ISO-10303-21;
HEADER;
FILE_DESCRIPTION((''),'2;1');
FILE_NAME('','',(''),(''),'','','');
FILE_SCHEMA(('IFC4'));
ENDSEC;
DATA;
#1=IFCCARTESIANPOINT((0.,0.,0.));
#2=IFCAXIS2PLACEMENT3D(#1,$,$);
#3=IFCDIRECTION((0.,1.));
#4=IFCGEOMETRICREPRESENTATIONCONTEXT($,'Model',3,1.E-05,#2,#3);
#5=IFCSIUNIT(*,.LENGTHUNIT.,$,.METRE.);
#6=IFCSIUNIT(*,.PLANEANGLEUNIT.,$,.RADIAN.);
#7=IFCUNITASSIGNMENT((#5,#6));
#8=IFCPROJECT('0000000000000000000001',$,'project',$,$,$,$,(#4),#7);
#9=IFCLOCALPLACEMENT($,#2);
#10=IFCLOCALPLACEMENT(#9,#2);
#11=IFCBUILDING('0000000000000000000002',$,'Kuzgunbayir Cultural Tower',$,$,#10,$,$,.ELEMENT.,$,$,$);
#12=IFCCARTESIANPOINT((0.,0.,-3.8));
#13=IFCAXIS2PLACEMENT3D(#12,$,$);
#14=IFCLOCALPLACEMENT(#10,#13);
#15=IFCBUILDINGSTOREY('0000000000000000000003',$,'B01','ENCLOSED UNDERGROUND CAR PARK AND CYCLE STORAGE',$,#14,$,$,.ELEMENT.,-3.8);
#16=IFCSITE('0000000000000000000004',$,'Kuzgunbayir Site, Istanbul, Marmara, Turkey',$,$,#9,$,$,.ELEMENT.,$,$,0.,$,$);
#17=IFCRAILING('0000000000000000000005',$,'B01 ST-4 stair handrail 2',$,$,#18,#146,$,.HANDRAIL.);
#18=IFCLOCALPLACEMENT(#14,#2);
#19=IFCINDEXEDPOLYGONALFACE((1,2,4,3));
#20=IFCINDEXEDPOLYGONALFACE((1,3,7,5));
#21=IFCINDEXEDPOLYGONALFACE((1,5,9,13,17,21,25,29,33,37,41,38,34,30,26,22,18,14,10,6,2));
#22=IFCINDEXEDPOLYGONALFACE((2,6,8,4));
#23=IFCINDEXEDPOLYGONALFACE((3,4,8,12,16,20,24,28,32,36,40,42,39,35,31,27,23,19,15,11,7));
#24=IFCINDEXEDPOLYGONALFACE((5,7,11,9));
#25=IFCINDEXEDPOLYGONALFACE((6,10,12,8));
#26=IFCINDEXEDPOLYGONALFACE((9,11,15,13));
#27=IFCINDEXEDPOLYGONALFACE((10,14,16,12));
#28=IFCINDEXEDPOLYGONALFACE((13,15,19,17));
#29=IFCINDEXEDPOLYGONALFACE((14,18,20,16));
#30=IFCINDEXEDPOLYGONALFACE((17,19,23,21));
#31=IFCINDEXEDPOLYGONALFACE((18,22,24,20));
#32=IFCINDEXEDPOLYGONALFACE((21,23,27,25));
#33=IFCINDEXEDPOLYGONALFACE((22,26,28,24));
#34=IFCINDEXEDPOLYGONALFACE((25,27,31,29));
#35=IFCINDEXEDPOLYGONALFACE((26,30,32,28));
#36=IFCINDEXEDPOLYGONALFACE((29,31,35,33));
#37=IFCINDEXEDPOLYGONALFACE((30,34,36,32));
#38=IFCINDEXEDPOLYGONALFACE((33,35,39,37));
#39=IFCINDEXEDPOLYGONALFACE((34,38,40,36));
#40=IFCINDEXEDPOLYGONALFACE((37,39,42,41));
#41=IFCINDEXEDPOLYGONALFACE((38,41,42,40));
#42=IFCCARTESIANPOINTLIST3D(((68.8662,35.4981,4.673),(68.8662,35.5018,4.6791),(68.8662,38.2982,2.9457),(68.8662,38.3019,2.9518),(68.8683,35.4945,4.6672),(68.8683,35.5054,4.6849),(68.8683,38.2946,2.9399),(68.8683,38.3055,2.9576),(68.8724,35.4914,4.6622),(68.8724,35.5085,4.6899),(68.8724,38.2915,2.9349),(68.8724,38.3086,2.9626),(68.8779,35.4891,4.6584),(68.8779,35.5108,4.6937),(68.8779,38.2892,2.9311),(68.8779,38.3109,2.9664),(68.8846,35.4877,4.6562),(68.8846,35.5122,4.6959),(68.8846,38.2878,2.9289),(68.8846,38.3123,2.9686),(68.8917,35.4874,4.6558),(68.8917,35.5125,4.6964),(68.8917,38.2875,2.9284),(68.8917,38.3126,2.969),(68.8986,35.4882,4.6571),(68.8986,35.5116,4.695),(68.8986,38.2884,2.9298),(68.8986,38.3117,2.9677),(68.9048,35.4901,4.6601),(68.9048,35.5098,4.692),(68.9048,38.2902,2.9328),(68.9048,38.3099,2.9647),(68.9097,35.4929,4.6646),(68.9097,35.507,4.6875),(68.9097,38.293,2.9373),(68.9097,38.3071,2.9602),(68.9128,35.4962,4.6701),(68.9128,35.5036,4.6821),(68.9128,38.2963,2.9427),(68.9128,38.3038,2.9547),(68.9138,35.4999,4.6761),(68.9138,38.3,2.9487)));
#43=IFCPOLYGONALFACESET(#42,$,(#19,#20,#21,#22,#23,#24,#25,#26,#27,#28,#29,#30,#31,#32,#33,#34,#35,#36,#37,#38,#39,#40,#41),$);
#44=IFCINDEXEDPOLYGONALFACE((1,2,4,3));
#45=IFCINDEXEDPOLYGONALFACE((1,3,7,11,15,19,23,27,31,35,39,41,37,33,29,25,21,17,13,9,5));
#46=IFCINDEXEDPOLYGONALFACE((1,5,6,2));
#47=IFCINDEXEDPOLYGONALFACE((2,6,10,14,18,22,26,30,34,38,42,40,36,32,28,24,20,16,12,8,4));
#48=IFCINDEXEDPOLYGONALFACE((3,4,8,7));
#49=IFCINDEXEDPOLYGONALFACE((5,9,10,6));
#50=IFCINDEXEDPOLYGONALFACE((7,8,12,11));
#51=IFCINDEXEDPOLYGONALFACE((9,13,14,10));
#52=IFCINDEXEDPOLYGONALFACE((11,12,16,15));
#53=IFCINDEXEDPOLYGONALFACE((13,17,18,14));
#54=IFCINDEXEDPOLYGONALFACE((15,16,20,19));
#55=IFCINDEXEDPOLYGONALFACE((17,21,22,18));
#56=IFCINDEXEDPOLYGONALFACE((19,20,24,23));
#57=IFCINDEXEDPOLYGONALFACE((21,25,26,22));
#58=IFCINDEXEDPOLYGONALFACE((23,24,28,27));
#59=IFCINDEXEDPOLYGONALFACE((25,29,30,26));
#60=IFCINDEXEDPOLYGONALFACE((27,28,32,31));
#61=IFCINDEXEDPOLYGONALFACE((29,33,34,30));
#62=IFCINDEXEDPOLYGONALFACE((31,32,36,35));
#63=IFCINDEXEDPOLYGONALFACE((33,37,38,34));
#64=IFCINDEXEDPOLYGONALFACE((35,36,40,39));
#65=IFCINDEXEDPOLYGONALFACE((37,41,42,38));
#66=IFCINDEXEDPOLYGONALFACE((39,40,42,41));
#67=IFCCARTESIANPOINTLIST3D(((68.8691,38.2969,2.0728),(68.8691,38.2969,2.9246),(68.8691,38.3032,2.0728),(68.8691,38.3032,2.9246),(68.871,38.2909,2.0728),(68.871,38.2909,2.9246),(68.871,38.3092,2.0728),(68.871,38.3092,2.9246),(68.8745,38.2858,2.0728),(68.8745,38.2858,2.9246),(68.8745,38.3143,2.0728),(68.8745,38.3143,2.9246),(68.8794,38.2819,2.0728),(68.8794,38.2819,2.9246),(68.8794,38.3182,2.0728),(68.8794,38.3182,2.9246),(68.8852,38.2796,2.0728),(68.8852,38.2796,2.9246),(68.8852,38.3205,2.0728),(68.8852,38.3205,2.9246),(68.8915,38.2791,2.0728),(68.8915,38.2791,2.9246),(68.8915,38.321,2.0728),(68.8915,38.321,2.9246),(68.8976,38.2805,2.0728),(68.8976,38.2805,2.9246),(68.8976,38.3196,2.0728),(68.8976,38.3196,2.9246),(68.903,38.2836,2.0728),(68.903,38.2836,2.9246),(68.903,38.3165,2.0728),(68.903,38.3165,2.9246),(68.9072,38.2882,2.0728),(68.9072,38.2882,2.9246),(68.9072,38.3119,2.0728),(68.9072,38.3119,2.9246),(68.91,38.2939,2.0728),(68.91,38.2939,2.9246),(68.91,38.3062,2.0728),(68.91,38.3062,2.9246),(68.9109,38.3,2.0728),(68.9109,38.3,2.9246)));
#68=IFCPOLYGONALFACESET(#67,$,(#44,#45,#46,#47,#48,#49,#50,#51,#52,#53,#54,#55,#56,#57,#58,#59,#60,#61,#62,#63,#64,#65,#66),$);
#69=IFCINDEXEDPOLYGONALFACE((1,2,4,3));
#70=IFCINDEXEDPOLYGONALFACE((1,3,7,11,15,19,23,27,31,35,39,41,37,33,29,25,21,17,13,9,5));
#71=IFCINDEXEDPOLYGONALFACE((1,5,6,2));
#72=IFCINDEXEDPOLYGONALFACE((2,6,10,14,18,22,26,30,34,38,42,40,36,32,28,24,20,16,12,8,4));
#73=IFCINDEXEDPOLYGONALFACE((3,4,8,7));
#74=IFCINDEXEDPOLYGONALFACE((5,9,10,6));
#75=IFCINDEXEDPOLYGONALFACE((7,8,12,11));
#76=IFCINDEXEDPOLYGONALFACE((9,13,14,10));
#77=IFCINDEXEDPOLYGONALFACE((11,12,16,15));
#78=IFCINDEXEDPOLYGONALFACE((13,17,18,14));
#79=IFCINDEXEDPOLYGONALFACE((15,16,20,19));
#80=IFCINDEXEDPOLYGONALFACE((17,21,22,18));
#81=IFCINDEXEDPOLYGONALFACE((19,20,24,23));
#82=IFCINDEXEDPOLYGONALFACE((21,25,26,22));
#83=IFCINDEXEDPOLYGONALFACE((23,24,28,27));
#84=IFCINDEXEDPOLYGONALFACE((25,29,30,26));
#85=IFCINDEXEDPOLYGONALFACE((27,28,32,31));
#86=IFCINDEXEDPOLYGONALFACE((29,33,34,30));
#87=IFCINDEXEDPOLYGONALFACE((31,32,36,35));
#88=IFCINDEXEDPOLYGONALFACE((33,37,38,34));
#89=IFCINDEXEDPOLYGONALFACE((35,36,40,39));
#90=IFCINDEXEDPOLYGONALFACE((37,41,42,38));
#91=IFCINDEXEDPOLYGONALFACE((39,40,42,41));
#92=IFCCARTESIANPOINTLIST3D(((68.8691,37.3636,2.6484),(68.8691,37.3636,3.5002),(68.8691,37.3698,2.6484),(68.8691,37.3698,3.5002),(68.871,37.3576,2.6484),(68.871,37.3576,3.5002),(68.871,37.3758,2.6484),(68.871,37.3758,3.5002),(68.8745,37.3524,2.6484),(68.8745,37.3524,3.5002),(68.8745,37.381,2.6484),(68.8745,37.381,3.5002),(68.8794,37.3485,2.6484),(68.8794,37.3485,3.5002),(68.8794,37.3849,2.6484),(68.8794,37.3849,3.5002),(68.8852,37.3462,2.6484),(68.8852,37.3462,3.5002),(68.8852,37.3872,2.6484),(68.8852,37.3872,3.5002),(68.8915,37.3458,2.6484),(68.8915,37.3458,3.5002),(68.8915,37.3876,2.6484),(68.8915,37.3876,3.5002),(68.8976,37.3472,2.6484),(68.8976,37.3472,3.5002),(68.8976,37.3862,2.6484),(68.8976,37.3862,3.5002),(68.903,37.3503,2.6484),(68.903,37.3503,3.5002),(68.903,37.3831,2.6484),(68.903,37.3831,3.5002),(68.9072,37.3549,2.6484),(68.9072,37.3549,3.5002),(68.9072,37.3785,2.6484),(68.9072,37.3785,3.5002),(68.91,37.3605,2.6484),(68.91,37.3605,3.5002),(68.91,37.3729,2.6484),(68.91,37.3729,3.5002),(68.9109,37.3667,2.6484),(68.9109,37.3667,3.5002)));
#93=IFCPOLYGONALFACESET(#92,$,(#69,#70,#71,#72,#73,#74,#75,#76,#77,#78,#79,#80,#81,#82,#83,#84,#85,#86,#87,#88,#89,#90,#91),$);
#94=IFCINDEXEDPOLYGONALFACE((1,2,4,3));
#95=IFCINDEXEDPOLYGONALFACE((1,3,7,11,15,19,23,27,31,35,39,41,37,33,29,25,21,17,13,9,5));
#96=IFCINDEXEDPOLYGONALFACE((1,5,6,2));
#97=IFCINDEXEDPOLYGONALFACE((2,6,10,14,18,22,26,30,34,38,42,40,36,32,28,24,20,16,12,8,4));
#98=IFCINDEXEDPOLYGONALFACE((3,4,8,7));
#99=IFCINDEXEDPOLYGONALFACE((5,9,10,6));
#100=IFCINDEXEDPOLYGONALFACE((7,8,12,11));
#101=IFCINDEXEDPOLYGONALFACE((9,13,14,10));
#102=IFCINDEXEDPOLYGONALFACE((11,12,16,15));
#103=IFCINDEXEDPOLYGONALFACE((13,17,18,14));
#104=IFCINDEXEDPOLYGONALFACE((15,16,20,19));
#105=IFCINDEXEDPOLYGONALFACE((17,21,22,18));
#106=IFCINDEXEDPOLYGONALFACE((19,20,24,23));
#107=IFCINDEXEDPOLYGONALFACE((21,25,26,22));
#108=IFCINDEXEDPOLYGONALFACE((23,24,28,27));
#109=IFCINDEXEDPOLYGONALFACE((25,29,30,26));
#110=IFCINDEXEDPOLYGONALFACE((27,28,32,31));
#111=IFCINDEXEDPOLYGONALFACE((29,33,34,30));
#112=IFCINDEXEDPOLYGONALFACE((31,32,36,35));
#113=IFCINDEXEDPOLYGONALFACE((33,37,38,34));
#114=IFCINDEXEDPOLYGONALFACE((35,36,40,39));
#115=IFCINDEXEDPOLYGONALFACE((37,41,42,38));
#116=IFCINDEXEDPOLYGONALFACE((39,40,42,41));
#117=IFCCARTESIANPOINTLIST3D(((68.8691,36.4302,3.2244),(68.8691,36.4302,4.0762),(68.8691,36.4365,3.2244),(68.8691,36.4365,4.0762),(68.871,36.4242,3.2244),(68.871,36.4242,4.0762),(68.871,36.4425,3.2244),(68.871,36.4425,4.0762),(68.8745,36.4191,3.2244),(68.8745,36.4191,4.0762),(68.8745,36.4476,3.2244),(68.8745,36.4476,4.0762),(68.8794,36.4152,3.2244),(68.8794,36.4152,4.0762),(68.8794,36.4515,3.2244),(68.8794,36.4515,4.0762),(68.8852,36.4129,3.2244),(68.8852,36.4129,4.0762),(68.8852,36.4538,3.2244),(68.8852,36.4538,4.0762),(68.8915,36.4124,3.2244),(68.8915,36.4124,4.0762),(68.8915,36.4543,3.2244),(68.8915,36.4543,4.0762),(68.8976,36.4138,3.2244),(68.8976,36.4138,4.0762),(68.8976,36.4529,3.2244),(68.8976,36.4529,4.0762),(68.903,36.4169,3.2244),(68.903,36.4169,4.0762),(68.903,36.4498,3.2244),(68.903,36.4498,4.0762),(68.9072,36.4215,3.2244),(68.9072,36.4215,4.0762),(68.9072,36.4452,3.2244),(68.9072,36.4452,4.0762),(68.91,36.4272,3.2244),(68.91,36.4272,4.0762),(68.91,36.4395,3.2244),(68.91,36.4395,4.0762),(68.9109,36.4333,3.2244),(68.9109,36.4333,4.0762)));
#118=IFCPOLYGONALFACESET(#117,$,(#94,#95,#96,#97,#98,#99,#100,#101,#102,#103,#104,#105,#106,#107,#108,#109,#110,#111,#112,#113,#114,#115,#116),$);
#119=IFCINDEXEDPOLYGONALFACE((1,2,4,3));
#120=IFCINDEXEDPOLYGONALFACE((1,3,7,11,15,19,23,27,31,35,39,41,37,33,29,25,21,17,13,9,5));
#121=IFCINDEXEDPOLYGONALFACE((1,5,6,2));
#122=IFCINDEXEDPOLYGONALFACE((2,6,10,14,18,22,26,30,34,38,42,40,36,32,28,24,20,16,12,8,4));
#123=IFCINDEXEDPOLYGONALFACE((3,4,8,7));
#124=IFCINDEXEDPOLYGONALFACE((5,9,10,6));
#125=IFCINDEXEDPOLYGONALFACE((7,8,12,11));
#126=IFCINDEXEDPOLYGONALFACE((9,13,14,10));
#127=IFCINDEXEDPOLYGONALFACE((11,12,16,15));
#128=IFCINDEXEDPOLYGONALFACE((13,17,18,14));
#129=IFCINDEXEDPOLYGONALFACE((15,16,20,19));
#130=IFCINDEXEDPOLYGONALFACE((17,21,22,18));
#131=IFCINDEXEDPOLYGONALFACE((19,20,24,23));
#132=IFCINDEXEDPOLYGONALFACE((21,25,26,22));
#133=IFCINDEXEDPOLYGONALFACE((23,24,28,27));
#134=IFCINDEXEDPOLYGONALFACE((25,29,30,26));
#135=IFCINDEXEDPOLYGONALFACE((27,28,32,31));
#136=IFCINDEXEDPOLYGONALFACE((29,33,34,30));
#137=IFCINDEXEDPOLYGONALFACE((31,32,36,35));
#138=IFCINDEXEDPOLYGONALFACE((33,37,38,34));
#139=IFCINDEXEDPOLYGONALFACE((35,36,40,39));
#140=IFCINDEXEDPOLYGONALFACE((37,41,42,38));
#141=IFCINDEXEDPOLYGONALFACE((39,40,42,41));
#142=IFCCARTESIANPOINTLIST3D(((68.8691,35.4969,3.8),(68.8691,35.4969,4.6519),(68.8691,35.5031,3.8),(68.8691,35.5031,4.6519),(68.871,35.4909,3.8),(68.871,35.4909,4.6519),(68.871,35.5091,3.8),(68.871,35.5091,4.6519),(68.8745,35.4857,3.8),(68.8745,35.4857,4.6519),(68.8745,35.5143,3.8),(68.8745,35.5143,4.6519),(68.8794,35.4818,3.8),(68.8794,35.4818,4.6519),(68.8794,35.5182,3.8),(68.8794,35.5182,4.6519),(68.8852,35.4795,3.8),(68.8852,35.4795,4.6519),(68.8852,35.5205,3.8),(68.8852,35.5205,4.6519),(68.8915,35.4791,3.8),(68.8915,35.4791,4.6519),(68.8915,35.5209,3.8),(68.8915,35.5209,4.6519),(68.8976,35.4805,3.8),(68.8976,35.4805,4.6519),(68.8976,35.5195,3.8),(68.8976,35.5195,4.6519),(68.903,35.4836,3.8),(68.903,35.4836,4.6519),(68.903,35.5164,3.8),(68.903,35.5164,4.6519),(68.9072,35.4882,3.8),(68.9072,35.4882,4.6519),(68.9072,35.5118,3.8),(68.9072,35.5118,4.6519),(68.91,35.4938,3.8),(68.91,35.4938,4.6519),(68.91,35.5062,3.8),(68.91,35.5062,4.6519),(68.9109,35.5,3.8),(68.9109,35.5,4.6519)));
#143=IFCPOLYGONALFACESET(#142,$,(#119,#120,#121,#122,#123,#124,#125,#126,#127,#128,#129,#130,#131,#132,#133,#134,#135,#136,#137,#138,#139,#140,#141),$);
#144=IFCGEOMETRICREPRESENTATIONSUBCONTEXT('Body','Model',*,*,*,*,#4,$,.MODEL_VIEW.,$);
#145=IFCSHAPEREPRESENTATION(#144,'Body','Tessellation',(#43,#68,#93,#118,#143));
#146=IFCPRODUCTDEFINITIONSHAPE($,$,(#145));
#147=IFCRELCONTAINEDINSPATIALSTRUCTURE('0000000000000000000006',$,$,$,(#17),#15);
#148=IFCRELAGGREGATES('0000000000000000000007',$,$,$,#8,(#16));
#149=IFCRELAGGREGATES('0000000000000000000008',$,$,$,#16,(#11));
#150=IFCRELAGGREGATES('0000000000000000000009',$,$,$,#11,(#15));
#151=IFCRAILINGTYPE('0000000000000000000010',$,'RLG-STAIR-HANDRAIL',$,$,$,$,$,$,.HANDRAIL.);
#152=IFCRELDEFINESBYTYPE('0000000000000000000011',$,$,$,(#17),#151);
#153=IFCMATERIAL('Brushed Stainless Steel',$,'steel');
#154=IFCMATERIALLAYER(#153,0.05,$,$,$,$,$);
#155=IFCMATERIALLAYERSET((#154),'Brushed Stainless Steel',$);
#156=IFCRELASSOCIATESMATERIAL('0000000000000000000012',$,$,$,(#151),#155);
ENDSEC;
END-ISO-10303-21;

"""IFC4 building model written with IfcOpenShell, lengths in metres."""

from ifc_helpers import new_model, si_unit, direction, frame, origin, origin_2d, place, context, subcontext, project, spatial, circle, extrude, material, layer, layer_set, type_object, element, save


model = new_model("IFC4")

# Units and contexts
model_context = context("Model", 3, precision=1e-05, world=origin(), true_north=direction((0.0, 1.0)))
body_context = subcontext(model_context, "Body", "Model", "MODEL_VIEW")
ifc_project = project(units=[si_unit("LENGTHUNIT", "METRE"), si_unit("PLANEANGLEUNIT", "RADIAN")], contexts=[model_context])

# Site, building, storey
site_placement = place(None, origin())
site = spatial("IfcSite", under=ifc_project, at=site_placement, Name="Kuzgunbayir Site, Istanbul, Marmara, Turkey", CompositionType="ELEMENT", RefElevation=0.0)
building_placement = place(site_placement, origin())
building = spatial("IfcBuilding", under=site, at=building_placement, Name="Kuzgunbayir Cultural Tower", CompositionType="ELEMENT")
storey_placement = place(building_placement, frame((0.0, 0.0, -3.8)))
storey = spatial("IfcBuildingStorey", under=building, at=storey_placement, Name="B01", Description="ENCLOSED UNDERGROUND CAR PARK AND CYCLE STORAGE", CompositionType="ELEMENT", Elevation=-3.8)

# Shared definitions
ifc_material_1 = material(Name="Brushed Stainless Steel", Category="steel")

# Railing
ifc_layer_1 = layer(ifc_material_1, 0.05)
ifc_layer_set_1 = layer_set([ifc_layer_1], Name="Brushed Stainless Steel")
railing_type_1 = type_object("IfcRailingType", Name="RLG-STAIR-HANDRAIL", PredefinedType="HANDRAIL", material=ifc_layer_set_1)
railing_1_placement = place(storey_placement, frame((68.8899, 38.3, 2.0728)))
element("IfcRailing", 1, at=railing_1_placement, inside=storey, type_object=railing_type_1, Name="B01 ST-4 stair handrail 2", PredefinedType="HANDRAIL", context=body_context, shape_type="SweptSolid", body=[
    extrude(circle(Radius=0.0239, at=origin_2d()), frame((0.0, 0.0, 0.876), z_axis=(0.0, -0.85109, 0.52502), x_axis=(1.0, 0.0, 0.0)), (0.0, 0.0, 1.0), 3.29),
    extrude(circle(Radius=0.021, at=origin_2d()), origin(), (0.0, 0.0, 1.0), 0.8518),
    extrude(circle(Radius=0.021, at=origin_2d()), frame((0.0, -0.9333, 0.5757)), (0.0, 0.0, 1.0), 0.8518),
    extrude(circle(Radius=0.021, at=origin_2d()), frame((0.0, -1.8667, 1.1516)), (0.0, 0.0, 1.0), 0.8518),
    extrude(circle(Radius=0.021, at=origin_2d()), frame((0.0, -2.8, 1.7273)), (0.0, 0.0, 1.0), 0.8518),
])

save(model, "model.ifc")
